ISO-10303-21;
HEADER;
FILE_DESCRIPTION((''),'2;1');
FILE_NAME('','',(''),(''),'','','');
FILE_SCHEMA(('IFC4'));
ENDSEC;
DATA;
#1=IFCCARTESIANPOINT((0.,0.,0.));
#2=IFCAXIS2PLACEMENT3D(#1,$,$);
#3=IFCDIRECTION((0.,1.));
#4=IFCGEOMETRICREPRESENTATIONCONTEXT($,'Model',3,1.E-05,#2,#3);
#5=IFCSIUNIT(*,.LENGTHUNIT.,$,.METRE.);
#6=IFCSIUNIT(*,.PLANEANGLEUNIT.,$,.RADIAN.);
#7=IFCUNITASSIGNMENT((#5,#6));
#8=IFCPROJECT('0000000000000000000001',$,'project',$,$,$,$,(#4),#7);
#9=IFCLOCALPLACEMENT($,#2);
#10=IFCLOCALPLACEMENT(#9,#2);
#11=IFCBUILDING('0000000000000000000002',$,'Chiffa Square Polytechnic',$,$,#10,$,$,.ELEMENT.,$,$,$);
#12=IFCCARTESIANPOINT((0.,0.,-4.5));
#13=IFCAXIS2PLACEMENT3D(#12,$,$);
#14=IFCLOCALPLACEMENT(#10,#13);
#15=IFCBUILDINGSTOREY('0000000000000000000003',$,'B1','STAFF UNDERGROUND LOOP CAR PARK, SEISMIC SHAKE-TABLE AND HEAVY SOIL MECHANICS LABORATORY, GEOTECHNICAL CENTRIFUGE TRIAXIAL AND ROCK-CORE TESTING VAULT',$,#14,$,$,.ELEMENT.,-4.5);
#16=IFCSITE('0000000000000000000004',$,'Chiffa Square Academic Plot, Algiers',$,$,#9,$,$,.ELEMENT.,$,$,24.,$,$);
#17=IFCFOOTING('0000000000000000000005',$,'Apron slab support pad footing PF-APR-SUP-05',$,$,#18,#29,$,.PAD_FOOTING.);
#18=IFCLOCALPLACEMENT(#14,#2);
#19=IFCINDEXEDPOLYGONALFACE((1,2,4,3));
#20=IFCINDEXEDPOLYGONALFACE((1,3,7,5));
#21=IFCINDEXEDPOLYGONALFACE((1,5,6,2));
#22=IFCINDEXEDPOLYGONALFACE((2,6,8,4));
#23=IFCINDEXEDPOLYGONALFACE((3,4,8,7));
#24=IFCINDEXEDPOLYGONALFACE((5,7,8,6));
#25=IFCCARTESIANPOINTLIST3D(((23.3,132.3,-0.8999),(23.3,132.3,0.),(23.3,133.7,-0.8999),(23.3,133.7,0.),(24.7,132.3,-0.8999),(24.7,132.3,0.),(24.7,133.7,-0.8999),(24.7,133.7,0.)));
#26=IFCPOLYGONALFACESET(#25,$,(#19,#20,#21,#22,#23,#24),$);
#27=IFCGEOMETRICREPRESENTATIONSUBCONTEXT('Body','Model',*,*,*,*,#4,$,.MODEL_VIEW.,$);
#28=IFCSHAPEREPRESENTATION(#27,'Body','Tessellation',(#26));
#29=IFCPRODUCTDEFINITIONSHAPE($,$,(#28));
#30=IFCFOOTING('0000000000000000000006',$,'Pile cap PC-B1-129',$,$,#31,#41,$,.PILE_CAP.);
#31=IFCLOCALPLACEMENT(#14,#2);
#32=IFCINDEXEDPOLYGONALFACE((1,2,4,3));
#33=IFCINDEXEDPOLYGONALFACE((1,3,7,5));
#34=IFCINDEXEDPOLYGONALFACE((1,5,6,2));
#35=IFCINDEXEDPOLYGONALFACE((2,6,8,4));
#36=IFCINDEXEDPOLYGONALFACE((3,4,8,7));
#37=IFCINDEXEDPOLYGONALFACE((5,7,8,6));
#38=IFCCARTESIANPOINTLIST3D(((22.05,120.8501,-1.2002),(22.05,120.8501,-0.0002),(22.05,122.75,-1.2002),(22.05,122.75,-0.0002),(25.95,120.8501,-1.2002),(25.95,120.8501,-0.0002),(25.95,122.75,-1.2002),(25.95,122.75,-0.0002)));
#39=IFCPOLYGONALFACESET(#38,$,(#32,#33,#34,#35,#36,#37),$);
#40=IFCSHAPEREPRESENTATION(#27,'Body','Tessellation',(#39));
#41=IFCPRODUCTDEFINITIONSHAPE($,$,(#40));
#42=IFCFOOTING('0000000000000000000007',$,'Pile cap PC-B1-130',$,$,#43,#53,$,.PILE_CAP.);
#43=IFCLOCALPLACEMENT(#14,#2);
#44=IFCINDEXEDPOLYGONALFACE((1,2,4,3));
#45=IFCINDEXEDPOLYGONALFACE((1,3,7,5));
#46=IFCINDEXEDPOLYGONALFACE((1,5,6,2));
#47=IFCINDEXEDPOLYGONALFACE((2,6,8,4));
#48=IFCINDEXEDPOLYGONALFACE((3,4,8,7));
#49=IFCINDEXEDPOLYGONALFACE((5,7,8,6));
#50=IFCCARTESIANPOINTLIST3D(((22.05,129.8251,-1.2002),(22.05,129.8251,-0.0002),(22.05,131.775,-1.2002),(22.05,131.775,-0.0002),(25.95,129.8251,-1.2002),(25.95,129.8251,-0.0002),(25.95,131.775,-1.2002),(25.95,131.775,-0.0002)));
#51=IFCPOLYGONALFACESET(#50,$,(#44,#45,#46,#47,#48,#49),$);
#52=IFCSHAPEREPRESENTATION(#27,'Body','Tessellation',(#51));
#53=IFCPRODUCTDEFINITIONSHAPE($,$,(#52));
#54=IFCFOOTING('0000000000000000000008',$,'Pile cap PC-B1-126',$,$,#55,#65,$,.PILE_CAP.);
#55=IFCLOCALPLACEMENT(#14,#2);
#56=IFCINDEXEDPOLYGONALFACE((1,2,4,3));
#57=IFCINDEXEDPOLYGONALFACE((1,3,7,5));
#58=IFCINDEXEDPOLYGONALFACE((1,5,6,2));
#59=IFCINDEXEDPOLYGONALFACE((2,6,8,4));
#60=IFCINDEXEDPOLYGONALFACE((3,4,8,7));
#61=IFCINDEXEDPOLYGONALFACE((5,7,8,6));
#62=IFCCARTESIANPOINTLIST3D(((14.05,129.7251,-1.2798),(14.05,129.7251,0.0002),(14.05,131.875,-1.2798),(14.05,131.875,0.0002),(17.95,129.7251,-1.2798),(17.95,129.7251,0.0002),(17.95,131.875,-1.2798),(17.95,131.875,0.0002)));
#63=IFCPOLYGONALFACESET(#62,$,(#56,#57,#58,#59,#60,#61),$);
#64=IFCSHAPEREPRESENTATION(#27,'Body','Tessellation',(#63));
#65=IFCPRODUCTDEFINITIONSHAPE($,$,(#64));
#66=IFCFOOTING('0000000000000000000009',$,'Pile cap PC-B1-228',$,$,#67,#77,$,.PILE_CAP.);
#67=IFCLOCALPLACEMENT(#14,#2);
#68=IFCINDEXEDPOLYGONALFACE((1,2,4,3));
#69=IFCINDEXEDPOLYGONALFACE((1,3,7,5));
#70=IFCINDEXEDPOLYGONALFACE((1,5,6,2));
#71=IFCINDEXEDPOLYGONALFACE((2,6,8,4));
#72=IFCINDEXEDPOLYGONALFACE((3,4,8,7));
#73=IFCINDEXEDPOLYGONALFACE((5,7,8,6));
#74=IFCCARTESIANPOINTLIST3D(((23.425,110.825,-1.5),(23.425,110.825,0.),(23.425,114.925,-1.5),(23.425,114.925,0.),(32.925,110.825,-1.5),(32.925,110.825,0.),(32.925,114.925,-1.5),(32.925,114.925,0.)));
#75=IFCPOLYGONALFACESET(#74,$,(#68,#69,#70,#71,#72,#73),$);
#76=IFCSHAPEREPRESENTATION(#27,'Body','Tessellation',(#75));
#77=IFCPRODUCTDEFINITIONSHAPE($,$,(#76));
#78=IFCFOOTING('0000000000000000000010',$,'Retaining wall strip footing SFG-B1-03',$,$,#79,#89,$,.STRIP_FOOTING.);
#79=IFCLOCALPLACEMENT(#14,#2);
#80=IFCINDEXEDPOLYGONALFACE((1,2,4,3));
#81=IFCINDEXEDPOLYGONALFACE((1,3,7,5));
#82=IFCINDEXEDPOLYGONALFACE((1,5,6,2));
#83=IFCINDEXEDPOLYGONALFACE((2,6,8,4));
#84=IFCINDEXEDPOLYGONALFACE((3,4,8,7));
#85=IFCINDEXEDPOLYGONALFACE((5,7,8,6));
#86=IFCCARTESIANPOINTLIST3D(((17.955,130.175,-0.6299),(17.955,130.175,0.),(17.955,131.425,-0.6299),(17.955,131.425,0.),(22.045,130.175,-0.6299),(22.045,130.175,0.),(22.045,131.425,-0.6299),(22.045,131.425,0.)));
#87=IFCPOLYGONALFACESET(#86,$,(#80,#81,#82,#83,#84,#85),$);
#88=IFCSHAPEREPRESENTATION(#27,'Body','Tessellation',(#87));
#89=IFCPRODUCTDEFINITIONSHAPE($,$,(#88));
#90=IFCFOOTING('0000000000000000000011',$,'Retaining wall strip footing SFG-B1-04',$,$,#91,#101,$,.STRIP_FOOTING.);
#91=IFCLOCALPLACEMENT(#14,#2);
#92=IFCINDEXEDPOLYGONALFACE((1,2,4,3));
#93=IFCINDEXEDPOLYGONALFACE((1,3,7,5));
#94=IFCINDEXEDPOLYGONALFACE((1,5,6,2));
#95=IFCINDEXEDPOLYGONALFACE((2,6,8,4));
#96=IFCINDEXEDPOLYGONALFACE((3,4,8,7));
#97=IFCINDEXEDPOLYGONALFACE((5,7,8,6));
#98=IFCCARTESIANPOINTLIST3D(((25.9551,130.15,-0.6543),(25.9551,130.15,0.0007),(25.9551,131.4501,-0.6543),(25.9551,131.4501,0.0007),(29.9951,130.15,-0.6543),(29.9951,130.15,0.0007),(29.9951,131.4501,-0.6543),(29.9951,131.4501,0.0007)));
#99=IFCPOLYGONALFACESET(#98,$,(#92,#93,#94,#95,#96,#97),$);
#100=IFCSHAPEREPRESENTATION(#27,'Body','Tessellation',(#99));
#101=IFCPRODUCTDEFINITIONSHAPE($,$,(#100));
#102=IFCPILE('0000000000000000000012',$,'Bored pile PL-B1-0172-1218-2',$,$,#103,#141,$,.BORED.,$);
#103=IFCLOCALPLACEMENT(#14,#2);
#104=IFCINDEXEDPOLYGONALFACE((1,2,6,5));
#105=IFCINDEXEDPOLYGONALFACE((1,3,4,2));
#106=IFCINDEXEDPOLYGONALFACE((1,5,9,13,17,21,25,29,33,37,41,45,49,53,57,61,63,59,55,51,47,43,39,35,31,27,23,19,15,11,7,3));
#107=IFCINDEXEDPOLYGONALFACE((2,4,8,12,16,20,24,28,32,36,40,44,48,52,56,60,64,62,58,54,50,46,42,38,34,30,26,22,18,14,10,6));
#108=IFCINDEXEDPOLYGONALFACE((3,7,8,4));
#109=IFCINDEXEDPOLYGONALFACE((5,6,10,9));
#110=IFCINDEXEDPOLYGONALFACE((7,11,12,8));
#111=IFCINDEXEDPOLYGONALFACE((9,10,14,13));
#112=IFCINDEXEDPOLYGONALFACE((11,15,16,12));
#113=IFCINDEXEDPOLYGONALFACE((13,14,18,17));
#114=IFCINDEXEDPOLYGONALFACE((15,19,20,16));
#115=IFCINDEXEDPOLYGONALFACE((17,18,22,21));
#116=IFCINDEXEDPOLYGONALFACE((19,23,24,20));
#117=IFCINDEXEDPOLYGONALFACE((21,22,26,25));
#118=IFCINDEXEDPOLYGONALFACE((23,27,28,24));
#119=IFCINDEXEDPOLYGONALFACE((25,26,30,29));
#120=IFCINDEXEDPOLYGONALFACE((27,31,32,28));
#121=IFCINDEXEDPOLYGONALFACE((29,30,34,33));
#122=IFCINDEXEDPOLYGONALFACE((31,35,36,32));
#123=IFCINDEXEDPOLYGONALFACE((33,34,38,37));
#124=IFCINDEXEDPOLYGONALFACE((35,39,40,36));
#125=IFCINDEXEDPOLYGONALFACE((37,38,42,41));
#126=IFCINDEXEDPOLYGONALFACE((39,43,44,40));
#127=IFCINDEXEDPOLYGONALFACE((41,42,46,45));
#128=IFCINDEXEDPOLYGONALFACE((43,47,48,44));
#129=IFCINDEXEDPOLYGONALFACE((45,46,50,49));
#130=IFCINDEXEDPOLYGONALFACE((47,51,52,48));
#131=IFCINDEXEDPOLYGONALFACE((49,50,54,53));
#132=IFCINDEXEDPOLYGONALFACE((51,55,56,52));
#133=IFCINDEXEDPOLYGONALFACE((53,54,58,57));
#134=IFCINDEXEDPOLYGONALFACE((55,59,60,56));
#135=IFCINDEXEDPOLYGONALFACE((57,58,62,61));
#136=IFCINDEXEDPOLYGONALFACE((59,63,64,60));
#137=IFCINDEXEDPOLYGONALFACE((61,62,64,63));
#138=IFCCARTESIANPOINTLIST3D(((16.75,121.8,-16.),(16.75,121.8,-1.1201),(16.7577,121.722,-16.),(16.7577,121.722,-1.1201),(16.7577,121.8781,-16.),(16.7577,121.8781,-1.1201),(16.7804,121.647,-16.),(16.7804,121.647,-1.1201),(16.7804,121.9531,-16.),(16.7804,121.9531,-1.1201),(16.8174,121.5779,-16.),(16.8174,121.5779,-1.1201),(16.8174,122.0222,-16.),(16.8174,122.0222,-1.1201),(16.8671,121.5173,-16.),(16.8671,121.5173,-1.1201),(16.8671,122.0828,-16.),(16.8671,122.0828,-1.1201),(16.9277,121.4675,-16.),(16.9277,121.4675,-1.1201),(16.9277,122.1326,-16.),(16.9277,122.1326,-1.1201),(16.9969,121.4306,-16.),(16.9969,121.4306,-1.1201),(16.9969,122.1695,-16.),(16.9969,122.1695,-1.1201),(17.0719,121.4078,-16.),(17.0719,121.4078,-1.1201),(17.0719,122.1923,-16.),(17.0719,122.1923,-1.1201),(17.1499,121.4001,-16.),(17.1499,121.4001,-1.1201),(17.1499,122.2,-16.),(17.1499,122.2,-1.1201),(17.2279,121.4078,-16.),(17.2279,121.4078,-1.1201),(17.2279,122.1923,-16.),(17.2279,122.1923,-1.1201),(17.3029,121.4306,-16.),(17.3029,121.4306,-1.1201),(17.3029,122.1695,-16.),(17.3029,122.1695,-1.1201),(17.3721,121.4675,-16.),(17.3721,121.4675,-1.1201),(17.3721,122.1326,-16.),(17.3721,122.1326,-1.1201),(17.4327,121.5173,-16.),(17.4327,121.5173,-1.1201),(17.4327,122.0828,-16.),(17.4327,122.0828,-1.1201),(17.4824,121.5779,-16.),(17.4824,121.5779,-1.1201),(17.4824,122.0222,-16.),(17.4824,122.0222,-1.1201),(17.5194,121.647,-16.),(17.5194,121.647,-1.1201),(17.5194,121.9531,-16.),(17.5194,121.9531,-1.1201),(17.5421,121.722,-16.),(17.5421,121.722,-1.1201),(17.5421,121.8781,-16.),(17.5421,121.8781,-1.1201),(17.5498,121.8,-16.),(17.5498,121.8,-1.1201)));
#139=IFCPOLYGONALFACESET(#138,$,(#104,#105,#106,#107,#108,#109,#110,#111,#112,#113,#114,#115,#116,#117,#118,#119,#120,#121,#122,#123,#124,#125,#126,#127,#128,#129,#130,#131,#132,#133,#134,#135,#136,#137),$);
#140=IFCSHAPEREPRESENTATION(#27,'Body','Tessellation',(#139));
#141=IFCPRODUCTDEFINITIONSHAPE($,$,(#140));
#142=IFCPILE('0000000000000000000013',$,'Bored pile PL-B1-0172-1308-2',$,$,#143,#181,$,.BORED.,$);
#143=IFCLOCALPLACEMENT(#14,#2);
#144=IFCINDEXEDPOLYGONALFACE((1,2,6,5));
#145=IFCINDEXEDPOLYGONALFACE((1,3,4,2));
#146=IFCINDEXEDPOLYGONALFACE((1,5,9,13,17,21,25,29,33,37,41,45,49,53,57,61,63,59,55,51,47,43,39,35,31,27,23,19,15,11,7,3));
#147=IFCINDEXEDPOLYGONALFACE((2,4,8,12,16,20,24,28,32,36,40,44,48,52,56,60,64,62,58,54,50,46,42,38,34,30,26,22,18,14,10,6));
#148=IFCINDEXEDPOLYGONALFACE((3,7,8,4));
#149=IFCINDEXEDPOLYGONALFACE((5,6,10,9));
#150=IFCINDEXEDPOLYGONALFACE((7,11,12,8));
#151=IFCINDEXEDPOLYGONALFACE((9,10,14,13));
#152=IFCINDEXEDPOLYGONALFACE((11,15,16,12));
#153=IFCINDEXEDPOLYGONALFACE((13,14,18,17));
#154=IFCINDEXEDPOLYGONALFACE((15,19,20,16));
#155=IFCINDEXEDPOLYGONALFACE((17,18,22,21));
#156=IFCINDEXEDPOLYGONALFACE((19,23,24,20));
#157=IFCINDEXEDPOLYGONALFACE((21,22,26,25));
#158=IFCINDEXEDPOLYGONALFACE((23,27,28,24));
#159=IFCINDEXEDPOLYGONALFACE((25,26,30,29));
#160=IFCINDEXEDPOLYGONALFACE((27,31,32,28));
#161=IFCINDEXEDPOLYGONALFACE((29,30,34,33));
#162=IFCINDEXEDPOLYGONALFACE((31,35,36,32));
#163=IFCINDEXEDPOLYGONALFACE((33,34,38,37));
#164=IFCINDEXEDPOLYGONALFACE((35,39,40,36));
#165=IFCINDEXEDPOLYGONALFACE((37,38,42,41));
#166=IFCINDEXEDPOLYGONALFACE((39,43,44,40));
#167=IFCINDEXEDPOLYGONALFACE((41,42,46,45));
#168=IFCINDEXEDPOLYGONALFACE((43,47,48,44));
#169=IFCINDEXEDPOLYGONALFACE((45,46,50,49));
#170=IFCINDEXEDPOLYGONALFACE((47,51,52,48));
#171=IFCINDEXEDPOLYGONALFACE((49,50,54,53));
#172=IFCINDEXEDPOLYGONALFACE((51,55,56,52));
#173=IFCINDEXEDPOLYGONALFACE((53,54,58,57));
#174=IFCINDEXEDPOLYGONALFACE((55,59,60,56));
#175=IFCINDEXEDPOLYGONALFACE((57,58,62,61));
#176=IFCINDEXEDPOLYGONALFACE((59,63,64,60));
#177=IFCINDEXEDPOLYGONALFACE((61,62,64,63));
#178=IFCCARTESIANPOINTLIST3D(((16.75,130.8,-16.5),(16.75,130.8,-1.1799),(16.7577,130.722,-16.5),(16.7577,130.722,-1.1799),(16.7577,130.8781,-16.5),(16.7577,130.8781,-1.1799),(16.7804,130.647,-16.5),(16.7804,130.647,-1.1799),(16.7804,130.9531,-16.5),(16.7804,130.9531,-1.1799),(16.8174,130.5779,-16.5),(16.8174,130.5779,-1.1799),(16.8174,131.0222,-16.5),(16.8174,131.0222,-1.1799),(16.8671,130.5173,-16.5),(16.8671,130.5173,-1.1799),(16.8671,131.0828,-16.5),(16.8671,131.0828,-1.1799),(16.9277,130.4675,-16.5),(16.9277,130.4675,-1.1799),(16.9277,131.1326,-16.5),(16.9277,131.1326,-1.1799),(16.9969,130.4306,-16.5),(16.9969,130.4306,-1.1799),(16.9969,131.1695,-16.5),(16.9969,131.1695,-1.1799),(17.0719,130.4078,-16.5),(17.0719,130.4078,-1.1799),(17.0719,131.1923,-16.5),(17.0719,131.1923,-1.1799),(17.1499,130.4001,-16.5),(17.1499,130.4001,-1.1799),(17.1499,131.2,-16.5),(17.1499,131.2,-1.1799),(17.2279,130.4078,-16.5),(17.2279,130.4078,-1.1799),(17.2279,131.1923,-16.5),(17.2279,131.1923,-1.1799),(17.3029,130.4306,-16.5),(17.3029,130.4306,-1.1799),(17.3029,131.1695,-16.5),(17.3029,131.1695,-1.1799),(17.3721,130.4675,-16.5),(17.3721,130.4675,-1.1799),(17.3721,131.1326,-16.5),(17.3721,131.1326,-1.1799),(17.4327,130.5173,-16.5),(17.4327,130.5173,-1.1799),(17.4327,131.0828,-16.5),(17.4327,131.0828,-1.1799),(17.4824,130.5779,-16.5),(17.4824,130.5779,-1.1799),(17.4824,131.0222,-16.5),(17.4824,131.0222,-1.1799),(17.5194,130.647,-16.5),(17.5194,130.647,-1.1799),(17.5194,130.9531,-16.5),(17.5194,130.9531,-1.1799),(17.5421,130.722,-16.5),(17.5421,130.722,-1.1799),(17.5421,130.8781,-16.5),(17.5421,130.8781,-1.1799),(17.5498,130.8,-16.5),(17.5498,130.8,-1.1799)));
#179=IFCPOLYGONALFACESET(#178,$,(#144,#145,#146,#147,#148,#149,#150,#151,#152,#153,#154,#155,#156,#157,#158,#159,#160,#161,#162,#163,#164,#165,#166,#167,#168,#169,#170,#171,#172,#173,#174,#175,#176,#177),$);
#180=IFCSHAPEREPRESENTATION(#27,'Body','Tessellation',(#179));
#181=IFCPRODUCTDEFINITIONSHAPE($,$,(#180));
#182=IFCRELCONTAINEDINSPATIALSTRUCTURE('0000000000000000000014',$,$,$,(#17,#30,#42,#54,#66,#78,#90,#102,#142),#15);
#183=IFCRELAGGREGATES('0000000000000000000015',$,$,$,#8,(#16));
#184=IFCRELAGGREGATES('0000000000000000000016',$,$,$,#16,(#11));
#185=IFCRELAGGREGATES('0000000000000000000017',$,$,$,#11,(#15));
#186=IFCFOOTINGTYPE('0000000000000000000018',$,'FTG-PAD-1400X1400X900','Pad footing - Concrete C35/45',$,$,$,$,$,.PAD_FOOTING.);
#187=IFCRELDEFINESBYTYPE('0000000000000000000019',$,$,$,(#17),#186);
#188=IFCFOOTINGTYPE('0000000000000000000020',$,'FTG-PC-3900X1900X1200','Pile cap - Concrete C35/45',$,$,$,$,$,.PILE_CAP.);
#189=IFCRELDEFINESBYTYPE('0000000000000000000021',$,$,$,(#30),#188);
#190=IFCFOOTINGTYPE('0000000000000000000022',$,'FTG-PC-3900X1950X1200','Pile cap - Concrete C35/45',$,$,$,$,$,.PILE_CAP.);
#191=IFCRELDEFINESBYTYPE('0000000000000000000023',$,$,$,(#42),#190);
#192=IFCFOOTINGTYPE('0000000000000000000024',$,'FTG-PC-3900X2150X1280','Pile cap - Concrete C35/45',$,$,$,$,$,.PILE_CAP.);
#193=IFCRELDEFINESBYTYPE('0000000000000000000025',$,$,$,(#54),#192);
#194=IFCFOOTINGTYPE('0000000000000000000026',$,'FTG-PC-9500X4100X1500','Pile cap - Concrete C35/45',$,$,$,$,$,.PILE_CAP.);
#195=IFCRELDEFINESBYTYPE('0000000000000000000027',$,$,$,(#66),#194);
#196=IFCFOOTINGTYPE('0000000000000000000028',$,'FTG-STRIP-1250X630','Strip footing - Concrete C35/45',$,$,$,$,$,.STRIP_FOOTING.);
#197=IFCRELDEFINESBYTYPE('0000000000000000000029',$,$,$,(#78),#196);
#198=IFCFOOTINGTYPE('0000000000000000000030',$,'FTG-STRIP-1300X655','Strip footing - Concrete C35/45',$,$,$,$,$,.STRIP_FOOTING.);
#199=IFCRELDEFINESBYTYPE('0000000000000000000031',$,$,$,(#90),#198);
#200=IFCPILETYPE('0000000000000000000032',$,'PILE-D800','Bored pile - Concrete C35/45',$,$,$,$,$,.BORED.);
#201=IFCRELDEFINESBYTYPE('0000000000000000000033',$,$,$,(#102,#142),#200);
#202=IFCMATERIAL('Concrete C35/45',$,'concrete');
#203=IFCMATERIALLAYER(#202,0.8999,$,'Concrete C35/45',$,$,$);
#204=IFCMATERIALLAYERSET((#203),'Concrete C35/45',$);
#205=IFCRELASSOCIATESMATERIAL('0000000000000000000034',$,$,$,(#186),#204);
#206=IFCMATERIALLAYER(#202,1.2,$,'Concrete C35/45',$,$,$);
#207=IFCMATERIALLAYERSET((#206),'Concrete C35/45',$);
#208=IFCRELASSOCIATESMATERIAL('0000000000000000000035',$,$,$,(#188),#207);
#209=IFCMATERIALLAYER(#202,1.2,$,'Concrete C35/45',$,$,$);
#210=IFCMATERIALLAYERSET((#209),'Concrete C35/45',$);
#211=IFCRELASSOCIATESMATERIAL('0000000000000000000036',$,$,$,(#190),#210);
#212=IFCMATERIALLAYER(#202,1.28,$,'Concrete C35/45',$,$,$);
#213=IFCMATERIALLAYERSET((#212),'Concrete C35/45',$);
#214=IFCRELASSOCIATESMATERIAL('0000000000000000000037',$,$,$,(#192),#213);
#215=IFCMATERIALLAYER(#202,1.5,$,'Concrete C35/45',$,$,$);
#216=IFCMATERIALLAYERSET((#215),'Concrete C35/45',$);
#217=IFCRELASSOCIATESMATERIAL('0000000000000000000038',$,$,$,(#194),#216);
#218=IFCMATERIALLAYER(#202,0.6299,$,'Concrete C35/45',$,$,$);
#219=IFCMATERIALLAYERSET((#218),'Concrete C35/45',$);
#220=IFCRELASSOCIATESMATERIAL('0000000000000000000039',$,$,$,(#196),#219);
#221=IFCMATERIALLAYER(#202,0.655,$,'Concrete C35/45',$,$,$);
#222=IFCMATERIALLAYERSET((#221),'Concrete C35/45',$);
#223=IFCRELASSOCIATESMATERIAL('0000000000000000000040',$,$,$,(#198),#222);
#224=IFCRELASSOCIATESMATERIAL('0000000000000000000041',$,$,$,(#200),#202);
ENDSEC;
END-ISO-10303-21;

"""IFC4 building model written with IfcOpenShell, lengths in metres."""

from ifc_helpers import new_model, si_unit, direction, frame, origin, origin_2d, place, context, subcontext, project, spatial, rectangle, circle, extrude, material, layer, layer_set, material_profile, profile_set, type_object, element, save


model = new_model("IFC4")

# Units and contexts
model_context = context("Model", 3, precision=1e-05, world=origin(), true_north=direction((0.0, 1.0)))
body_context = subcontext(model_context, "Body", "Model", "MODEL_VIEW")
ifc_project = project(units=[si_unit("LENGTHUNIT", "METRE"), si_unit("PLANEANGLEUNIT", "RADIAN")], contexts=[model_context])

# Site, building, storey
site_placement = place(None, origin())
site = spatial("IfcSite", under=ifc_project, at=site_placement, Name="Chiffa Square Academic Plot, Algiers", CompositionType="ELEMENT", RefElevation=24.0)
building_placement = place(site_placement, origin())
building = spatial("IfcBuilding", under=site, at=building_placement, Name="Chiffa Square Polytechnic", CompositionType="ELEMENT")
storey_placement = place(building_placement, frame((0.0, 0.0, -4.5)))
storey = spatial("IfcBuildingStorey", under=building, at=storey_placement, Name="B1", Description="STAFF UNDERGROUND LOOP CAR PARK, SEISMIC SHAKE-TABLE AND HEAVY SOIL MECHANICS LABORATORY, GEOTECHNICAL CENTRIFUGE TRIAXIAL AND ROCK-CORE TESTING VAULT", CompositionType="ELEMENT", Elevation=-4.5)

# Footings
ifc_material_1 = material(Name="Concrete C35/45", Category="concrete")
ifc_layer_1 = layer(ifc_material_1, 0.8999, Name="Concrete C35/45")
ifc_layer_set_1 = layer_set([ifc_layer_1], Name="Concrete C35/45")
footing_type_1 = type_object("IfcFootingType", Name="FTG-PAD-1400X1400X900", Description="Pad footing - Concrete C35/45", PredefinedType="PAD_FOOTING", material=ifc_layer_set_1)
footing_1_placement = place(storey_placement, frame((24.0, 133.0, -0.8999), z_axis=(0.0, 0.0, 1.0), x_axis=(1.0, 0.0, 0.0)))
element("IfcFooting", 1, at=footing_1_placement, inside=storey, type_object=footing_type_1, Name="Apron slab support pad footing PF-APR-SUP-05", PredefinedType="PAD_FOOTING", context=body_context, shape_type="SweptSolid", body=[
    extrude(rectangle(XDim=1.3999, YDim=1.3999, at=origin_2d()), origin(), (0.0, 0.0, 1.0), 0.8999),
])
ifc_layer_2 = layer(ifc_material_1, 1.2, Name="Concrete C35/45")
ifc_layer_set_2 = layer_set([ifc_layer_2], Name="Concrete C35/45")
footing_type_2 = type_object("IfcFootingType", Name="FTG-PC-3900X1900X1200", Description="Pile cap - Concrete C35/45", PredefinedType="PILE_CAP", material=ifc_layer_set_2)
footing_2_placement = place(storey_placement, frame((24.0, 121.8, -1.2002), z_axis=(0.0, 0.0, 1.0), x_axis=(1.0, 0.0, 0.0)))
element("IfcFooting", 2, at=footing_2_placement, inside=storey, type_object=footing_type_2, Name="Pile cap PC-B1-129", PredefinedType="PILE_CAP", context=body_context, shape_type="SweptSolid", body=[
    extrude(rectangle(XDim=3.8999, YDim=1.8999, at=origin_2d()), origin(), (0.0, 0.0, 1.0), 1.2),
])
ifc_layer_3 = layer(ifc_material_1, 1.2, Name="Concrete C35/45")
ifc_layer_set_3 = layer_set([ifc_layer_3], Name="Concrete C35/45")
footing_type_3 = type_object("IfcFootingType", Name="FTG-PC-3900X1950X1200", Description="Pile cap - Concrete C35/45", PredefinedType="PILE_CAP", material=ifc_layer_set_3)
footing_3_placement = place(storey_placement, frame((24.0, 130.8, -1.2002), z_axis=(0.0, 0.0, 1.0), x_axis=(1.0, 0.0, 0.0)))
element("IfcFooting", 3, at=footing_3_placement, inside=storey, type_object=footing_type_3, Name="Pile cap PC-B1-130", PredefinedType="PILE_CAP", context=body_context, shape_type="SweptSolid", body=[
    extrude(rectangle(XDim=3.8999, YDim=1.95, at=origin_2d()), origin(), (0.0, 0.0, 1.0), 1.2),
])
ifc_layer_4 = layer(ifc_material_1, 1.28, Name="Concrete C35/45")
ifc_layer_set_4 = layer_set([ifc_layer_4], Name="Concrete C35/45")
footing_type_4 = type_object("IfcFootingType", Name="FTG-PC-3900X2150X1280", Description="Pile cap - Concrete C35/45", PredefinedType="PILE_CAP", material=ifc_layer_set_4)
footing_4_placement = place(storey_placement, frame((16.0, 130.8, -1.2798), z_axis=(0.0, 0.0, 1.0), x_axis=(1.0, 0.0, 0.0)))
element("IfcFooting", 4, at=footing_4_placement, inside=storey, type_object=footing_type_4, Name="Pile cap PC-B1-126", PredefinedType="PILE_CAP", context=body_context, shape_type="SweptSolid", body=[
    extrude(rectangle(XDim=3.8999, YDim=2.1499, at=origin_2d()), origin(), (0.0, 0.0, 1.0), 1.28),
])
ifc_layer_5 = layer(ifc_material_1, 1.5, Name="Concrete C35/45")
ifc_layer_set_5 = layer_set([ifc_layer_5], Name="Concrete C35/45")
footing_type_5 = type_object("IfcFootingType", Name="FTG-PC-9500X4100X1500", Description="Pile cap - Concrete C35/45", PredefinedType="PILE_CAP", material=ifc_layer_set_5)
footing_5_placement = place(storey_placement, frame((28.175, 112.875, -1.5), z_axis=(0.0, 0.0, 1.0), x_axis=(1.0, 0.0, 0.0)))
element("IfcFooting", 5, at=footing_5_placement, inside=storey, type_object=footing_type_5, Name="Pile cap PC-B1-228", PredefinedType="PILE_CAP", context=body_context, shape_type="SweptSolid", body=[
    extrude(rectangle(XDim=9.5, YDim=4.1001, at=origin_2d()), origin(), (0.0, 0.0, 1.0), 1.5),
])
ifc_layer_6 = layer(ifc_material_1, 0.6299, Name="Concrete C35/45")
ifc_layer_set_6 = layer_set([ifc_layer_6], Name="Concrete C35/45")
footing_type_6 = type_object("IfcFootingType", Name="FTG-STRIP-1250X630", Description="Strip footing - Concrete C35/45", PredefinedType="STRIP_FOOTING", material=ifc_layer_set_6)
footing_6_placement = place(storey_placement, frame((20.0, 130.8, -0.6299), z_axis=(0.0, 0.0, 1.0), x_axis=(1.0, 0.0, 0.0)))
element("IfcFooting", 6, at=footing_6_placement, inside=storey, type_object=footing_type_6, Name="Retaining wall strip footing SFG-B1-03", PredefinedType="STRIP_FOOTING", context=body_context, shape_type="SweptSolid", body=[
    extrude(rectangle(XDim=4.0901, YDim=1.25, at=origin_2d()), origin(), (0.0, 0.0, 1.0), 0.6299),
])
ifc_layer_7 = layer(ifc_material_1, 0.655, Name="Concrete C35/45")
ifc_layer_set_7 = layer_set([ifc_layer_7], Name="Concrete C35/45")
footing_type_7 = type_object("IfcFootingType", Name="FTG-STRIP-1300X655", Description="Strip footing - Concrete C35/45", PredefinedType="STRIP_FOOTING", material=ifc_layer_set_7)
footing_7_placement = place(storey_placement, frame((27.9751, 130.8, -0.6543), z_axis=(0.0, 0.0, 1.0), x_axis=(1.0, 0.0, 0.0)))
element("IfcFooting", 7, at=footing_7_placement, inside=storey, type_object=footing_type_7, Name="Retaining wall strip footing SFG-B1-04", PredefinedType="STRIP_FOOTING", context=body_context, shape_type="SweptSolid", body=[
    extrude(rectangle(XDim=4.04, YDim=1.3, at=origin_2d()), origin(), (0.0, 0.0, 1.0), 0.655),
])

# Piles
ifc_material_profile_1 = material_profile(ifc_material_1, circle(Radius=0.3999, at=origin_2d()), Name="PILE D800")
ifc_profile_set_1 = profile_set([ifc_material_profile_1], Name="Concrete C35/45")
pile_type_1 = type_object("IfcPileType", Name="PILE-D800", Description="Bored pile - Concrete C35/45", PredefinedType="BORED", material=ifc_profile_set_1)
pile_1_placement = place(storey_placement, frame((17.1499, 121.8, -1.1201), z_axis=(0.0, 0.0, -1.0), x_axis=(1.0, 0.0, 0.0)))
element("IfcPile", 8, at=pile_1_placement, inside=storey, type_object=pile_type_1, Name="Bored pile PL-B1-0172-1218-2", PredefinedType="BORED", context=body_context, shape_type="SweptSolid", body=[
    extrude(circle(Radius=0.3999, at=origin_2d()), origin(), (0.0, 0.0, 1.0), 14.8799),
])
pile_2_placement = place(storey_placement, frame((17.1499, 130.8, -1.1799), z_axis=(0.0, 0.0, -1.0), x_axis=(1.0, 0.0, 0.0)))
element("IfcPile", 9, at=pile_2_placement, inside=storey, type_object=pile_type_1, Name="Bored pile PL-B1-0172-1308-2", PredefinedType="BORED", context=body_context, shape_type="SweptSolid", body=[
    extrude(circle(Radius=0.3999, at=origin_2d()), origin(), (0.0, 0.0, 1.0), 15.3201),
])

save(model, "model.ifc")
